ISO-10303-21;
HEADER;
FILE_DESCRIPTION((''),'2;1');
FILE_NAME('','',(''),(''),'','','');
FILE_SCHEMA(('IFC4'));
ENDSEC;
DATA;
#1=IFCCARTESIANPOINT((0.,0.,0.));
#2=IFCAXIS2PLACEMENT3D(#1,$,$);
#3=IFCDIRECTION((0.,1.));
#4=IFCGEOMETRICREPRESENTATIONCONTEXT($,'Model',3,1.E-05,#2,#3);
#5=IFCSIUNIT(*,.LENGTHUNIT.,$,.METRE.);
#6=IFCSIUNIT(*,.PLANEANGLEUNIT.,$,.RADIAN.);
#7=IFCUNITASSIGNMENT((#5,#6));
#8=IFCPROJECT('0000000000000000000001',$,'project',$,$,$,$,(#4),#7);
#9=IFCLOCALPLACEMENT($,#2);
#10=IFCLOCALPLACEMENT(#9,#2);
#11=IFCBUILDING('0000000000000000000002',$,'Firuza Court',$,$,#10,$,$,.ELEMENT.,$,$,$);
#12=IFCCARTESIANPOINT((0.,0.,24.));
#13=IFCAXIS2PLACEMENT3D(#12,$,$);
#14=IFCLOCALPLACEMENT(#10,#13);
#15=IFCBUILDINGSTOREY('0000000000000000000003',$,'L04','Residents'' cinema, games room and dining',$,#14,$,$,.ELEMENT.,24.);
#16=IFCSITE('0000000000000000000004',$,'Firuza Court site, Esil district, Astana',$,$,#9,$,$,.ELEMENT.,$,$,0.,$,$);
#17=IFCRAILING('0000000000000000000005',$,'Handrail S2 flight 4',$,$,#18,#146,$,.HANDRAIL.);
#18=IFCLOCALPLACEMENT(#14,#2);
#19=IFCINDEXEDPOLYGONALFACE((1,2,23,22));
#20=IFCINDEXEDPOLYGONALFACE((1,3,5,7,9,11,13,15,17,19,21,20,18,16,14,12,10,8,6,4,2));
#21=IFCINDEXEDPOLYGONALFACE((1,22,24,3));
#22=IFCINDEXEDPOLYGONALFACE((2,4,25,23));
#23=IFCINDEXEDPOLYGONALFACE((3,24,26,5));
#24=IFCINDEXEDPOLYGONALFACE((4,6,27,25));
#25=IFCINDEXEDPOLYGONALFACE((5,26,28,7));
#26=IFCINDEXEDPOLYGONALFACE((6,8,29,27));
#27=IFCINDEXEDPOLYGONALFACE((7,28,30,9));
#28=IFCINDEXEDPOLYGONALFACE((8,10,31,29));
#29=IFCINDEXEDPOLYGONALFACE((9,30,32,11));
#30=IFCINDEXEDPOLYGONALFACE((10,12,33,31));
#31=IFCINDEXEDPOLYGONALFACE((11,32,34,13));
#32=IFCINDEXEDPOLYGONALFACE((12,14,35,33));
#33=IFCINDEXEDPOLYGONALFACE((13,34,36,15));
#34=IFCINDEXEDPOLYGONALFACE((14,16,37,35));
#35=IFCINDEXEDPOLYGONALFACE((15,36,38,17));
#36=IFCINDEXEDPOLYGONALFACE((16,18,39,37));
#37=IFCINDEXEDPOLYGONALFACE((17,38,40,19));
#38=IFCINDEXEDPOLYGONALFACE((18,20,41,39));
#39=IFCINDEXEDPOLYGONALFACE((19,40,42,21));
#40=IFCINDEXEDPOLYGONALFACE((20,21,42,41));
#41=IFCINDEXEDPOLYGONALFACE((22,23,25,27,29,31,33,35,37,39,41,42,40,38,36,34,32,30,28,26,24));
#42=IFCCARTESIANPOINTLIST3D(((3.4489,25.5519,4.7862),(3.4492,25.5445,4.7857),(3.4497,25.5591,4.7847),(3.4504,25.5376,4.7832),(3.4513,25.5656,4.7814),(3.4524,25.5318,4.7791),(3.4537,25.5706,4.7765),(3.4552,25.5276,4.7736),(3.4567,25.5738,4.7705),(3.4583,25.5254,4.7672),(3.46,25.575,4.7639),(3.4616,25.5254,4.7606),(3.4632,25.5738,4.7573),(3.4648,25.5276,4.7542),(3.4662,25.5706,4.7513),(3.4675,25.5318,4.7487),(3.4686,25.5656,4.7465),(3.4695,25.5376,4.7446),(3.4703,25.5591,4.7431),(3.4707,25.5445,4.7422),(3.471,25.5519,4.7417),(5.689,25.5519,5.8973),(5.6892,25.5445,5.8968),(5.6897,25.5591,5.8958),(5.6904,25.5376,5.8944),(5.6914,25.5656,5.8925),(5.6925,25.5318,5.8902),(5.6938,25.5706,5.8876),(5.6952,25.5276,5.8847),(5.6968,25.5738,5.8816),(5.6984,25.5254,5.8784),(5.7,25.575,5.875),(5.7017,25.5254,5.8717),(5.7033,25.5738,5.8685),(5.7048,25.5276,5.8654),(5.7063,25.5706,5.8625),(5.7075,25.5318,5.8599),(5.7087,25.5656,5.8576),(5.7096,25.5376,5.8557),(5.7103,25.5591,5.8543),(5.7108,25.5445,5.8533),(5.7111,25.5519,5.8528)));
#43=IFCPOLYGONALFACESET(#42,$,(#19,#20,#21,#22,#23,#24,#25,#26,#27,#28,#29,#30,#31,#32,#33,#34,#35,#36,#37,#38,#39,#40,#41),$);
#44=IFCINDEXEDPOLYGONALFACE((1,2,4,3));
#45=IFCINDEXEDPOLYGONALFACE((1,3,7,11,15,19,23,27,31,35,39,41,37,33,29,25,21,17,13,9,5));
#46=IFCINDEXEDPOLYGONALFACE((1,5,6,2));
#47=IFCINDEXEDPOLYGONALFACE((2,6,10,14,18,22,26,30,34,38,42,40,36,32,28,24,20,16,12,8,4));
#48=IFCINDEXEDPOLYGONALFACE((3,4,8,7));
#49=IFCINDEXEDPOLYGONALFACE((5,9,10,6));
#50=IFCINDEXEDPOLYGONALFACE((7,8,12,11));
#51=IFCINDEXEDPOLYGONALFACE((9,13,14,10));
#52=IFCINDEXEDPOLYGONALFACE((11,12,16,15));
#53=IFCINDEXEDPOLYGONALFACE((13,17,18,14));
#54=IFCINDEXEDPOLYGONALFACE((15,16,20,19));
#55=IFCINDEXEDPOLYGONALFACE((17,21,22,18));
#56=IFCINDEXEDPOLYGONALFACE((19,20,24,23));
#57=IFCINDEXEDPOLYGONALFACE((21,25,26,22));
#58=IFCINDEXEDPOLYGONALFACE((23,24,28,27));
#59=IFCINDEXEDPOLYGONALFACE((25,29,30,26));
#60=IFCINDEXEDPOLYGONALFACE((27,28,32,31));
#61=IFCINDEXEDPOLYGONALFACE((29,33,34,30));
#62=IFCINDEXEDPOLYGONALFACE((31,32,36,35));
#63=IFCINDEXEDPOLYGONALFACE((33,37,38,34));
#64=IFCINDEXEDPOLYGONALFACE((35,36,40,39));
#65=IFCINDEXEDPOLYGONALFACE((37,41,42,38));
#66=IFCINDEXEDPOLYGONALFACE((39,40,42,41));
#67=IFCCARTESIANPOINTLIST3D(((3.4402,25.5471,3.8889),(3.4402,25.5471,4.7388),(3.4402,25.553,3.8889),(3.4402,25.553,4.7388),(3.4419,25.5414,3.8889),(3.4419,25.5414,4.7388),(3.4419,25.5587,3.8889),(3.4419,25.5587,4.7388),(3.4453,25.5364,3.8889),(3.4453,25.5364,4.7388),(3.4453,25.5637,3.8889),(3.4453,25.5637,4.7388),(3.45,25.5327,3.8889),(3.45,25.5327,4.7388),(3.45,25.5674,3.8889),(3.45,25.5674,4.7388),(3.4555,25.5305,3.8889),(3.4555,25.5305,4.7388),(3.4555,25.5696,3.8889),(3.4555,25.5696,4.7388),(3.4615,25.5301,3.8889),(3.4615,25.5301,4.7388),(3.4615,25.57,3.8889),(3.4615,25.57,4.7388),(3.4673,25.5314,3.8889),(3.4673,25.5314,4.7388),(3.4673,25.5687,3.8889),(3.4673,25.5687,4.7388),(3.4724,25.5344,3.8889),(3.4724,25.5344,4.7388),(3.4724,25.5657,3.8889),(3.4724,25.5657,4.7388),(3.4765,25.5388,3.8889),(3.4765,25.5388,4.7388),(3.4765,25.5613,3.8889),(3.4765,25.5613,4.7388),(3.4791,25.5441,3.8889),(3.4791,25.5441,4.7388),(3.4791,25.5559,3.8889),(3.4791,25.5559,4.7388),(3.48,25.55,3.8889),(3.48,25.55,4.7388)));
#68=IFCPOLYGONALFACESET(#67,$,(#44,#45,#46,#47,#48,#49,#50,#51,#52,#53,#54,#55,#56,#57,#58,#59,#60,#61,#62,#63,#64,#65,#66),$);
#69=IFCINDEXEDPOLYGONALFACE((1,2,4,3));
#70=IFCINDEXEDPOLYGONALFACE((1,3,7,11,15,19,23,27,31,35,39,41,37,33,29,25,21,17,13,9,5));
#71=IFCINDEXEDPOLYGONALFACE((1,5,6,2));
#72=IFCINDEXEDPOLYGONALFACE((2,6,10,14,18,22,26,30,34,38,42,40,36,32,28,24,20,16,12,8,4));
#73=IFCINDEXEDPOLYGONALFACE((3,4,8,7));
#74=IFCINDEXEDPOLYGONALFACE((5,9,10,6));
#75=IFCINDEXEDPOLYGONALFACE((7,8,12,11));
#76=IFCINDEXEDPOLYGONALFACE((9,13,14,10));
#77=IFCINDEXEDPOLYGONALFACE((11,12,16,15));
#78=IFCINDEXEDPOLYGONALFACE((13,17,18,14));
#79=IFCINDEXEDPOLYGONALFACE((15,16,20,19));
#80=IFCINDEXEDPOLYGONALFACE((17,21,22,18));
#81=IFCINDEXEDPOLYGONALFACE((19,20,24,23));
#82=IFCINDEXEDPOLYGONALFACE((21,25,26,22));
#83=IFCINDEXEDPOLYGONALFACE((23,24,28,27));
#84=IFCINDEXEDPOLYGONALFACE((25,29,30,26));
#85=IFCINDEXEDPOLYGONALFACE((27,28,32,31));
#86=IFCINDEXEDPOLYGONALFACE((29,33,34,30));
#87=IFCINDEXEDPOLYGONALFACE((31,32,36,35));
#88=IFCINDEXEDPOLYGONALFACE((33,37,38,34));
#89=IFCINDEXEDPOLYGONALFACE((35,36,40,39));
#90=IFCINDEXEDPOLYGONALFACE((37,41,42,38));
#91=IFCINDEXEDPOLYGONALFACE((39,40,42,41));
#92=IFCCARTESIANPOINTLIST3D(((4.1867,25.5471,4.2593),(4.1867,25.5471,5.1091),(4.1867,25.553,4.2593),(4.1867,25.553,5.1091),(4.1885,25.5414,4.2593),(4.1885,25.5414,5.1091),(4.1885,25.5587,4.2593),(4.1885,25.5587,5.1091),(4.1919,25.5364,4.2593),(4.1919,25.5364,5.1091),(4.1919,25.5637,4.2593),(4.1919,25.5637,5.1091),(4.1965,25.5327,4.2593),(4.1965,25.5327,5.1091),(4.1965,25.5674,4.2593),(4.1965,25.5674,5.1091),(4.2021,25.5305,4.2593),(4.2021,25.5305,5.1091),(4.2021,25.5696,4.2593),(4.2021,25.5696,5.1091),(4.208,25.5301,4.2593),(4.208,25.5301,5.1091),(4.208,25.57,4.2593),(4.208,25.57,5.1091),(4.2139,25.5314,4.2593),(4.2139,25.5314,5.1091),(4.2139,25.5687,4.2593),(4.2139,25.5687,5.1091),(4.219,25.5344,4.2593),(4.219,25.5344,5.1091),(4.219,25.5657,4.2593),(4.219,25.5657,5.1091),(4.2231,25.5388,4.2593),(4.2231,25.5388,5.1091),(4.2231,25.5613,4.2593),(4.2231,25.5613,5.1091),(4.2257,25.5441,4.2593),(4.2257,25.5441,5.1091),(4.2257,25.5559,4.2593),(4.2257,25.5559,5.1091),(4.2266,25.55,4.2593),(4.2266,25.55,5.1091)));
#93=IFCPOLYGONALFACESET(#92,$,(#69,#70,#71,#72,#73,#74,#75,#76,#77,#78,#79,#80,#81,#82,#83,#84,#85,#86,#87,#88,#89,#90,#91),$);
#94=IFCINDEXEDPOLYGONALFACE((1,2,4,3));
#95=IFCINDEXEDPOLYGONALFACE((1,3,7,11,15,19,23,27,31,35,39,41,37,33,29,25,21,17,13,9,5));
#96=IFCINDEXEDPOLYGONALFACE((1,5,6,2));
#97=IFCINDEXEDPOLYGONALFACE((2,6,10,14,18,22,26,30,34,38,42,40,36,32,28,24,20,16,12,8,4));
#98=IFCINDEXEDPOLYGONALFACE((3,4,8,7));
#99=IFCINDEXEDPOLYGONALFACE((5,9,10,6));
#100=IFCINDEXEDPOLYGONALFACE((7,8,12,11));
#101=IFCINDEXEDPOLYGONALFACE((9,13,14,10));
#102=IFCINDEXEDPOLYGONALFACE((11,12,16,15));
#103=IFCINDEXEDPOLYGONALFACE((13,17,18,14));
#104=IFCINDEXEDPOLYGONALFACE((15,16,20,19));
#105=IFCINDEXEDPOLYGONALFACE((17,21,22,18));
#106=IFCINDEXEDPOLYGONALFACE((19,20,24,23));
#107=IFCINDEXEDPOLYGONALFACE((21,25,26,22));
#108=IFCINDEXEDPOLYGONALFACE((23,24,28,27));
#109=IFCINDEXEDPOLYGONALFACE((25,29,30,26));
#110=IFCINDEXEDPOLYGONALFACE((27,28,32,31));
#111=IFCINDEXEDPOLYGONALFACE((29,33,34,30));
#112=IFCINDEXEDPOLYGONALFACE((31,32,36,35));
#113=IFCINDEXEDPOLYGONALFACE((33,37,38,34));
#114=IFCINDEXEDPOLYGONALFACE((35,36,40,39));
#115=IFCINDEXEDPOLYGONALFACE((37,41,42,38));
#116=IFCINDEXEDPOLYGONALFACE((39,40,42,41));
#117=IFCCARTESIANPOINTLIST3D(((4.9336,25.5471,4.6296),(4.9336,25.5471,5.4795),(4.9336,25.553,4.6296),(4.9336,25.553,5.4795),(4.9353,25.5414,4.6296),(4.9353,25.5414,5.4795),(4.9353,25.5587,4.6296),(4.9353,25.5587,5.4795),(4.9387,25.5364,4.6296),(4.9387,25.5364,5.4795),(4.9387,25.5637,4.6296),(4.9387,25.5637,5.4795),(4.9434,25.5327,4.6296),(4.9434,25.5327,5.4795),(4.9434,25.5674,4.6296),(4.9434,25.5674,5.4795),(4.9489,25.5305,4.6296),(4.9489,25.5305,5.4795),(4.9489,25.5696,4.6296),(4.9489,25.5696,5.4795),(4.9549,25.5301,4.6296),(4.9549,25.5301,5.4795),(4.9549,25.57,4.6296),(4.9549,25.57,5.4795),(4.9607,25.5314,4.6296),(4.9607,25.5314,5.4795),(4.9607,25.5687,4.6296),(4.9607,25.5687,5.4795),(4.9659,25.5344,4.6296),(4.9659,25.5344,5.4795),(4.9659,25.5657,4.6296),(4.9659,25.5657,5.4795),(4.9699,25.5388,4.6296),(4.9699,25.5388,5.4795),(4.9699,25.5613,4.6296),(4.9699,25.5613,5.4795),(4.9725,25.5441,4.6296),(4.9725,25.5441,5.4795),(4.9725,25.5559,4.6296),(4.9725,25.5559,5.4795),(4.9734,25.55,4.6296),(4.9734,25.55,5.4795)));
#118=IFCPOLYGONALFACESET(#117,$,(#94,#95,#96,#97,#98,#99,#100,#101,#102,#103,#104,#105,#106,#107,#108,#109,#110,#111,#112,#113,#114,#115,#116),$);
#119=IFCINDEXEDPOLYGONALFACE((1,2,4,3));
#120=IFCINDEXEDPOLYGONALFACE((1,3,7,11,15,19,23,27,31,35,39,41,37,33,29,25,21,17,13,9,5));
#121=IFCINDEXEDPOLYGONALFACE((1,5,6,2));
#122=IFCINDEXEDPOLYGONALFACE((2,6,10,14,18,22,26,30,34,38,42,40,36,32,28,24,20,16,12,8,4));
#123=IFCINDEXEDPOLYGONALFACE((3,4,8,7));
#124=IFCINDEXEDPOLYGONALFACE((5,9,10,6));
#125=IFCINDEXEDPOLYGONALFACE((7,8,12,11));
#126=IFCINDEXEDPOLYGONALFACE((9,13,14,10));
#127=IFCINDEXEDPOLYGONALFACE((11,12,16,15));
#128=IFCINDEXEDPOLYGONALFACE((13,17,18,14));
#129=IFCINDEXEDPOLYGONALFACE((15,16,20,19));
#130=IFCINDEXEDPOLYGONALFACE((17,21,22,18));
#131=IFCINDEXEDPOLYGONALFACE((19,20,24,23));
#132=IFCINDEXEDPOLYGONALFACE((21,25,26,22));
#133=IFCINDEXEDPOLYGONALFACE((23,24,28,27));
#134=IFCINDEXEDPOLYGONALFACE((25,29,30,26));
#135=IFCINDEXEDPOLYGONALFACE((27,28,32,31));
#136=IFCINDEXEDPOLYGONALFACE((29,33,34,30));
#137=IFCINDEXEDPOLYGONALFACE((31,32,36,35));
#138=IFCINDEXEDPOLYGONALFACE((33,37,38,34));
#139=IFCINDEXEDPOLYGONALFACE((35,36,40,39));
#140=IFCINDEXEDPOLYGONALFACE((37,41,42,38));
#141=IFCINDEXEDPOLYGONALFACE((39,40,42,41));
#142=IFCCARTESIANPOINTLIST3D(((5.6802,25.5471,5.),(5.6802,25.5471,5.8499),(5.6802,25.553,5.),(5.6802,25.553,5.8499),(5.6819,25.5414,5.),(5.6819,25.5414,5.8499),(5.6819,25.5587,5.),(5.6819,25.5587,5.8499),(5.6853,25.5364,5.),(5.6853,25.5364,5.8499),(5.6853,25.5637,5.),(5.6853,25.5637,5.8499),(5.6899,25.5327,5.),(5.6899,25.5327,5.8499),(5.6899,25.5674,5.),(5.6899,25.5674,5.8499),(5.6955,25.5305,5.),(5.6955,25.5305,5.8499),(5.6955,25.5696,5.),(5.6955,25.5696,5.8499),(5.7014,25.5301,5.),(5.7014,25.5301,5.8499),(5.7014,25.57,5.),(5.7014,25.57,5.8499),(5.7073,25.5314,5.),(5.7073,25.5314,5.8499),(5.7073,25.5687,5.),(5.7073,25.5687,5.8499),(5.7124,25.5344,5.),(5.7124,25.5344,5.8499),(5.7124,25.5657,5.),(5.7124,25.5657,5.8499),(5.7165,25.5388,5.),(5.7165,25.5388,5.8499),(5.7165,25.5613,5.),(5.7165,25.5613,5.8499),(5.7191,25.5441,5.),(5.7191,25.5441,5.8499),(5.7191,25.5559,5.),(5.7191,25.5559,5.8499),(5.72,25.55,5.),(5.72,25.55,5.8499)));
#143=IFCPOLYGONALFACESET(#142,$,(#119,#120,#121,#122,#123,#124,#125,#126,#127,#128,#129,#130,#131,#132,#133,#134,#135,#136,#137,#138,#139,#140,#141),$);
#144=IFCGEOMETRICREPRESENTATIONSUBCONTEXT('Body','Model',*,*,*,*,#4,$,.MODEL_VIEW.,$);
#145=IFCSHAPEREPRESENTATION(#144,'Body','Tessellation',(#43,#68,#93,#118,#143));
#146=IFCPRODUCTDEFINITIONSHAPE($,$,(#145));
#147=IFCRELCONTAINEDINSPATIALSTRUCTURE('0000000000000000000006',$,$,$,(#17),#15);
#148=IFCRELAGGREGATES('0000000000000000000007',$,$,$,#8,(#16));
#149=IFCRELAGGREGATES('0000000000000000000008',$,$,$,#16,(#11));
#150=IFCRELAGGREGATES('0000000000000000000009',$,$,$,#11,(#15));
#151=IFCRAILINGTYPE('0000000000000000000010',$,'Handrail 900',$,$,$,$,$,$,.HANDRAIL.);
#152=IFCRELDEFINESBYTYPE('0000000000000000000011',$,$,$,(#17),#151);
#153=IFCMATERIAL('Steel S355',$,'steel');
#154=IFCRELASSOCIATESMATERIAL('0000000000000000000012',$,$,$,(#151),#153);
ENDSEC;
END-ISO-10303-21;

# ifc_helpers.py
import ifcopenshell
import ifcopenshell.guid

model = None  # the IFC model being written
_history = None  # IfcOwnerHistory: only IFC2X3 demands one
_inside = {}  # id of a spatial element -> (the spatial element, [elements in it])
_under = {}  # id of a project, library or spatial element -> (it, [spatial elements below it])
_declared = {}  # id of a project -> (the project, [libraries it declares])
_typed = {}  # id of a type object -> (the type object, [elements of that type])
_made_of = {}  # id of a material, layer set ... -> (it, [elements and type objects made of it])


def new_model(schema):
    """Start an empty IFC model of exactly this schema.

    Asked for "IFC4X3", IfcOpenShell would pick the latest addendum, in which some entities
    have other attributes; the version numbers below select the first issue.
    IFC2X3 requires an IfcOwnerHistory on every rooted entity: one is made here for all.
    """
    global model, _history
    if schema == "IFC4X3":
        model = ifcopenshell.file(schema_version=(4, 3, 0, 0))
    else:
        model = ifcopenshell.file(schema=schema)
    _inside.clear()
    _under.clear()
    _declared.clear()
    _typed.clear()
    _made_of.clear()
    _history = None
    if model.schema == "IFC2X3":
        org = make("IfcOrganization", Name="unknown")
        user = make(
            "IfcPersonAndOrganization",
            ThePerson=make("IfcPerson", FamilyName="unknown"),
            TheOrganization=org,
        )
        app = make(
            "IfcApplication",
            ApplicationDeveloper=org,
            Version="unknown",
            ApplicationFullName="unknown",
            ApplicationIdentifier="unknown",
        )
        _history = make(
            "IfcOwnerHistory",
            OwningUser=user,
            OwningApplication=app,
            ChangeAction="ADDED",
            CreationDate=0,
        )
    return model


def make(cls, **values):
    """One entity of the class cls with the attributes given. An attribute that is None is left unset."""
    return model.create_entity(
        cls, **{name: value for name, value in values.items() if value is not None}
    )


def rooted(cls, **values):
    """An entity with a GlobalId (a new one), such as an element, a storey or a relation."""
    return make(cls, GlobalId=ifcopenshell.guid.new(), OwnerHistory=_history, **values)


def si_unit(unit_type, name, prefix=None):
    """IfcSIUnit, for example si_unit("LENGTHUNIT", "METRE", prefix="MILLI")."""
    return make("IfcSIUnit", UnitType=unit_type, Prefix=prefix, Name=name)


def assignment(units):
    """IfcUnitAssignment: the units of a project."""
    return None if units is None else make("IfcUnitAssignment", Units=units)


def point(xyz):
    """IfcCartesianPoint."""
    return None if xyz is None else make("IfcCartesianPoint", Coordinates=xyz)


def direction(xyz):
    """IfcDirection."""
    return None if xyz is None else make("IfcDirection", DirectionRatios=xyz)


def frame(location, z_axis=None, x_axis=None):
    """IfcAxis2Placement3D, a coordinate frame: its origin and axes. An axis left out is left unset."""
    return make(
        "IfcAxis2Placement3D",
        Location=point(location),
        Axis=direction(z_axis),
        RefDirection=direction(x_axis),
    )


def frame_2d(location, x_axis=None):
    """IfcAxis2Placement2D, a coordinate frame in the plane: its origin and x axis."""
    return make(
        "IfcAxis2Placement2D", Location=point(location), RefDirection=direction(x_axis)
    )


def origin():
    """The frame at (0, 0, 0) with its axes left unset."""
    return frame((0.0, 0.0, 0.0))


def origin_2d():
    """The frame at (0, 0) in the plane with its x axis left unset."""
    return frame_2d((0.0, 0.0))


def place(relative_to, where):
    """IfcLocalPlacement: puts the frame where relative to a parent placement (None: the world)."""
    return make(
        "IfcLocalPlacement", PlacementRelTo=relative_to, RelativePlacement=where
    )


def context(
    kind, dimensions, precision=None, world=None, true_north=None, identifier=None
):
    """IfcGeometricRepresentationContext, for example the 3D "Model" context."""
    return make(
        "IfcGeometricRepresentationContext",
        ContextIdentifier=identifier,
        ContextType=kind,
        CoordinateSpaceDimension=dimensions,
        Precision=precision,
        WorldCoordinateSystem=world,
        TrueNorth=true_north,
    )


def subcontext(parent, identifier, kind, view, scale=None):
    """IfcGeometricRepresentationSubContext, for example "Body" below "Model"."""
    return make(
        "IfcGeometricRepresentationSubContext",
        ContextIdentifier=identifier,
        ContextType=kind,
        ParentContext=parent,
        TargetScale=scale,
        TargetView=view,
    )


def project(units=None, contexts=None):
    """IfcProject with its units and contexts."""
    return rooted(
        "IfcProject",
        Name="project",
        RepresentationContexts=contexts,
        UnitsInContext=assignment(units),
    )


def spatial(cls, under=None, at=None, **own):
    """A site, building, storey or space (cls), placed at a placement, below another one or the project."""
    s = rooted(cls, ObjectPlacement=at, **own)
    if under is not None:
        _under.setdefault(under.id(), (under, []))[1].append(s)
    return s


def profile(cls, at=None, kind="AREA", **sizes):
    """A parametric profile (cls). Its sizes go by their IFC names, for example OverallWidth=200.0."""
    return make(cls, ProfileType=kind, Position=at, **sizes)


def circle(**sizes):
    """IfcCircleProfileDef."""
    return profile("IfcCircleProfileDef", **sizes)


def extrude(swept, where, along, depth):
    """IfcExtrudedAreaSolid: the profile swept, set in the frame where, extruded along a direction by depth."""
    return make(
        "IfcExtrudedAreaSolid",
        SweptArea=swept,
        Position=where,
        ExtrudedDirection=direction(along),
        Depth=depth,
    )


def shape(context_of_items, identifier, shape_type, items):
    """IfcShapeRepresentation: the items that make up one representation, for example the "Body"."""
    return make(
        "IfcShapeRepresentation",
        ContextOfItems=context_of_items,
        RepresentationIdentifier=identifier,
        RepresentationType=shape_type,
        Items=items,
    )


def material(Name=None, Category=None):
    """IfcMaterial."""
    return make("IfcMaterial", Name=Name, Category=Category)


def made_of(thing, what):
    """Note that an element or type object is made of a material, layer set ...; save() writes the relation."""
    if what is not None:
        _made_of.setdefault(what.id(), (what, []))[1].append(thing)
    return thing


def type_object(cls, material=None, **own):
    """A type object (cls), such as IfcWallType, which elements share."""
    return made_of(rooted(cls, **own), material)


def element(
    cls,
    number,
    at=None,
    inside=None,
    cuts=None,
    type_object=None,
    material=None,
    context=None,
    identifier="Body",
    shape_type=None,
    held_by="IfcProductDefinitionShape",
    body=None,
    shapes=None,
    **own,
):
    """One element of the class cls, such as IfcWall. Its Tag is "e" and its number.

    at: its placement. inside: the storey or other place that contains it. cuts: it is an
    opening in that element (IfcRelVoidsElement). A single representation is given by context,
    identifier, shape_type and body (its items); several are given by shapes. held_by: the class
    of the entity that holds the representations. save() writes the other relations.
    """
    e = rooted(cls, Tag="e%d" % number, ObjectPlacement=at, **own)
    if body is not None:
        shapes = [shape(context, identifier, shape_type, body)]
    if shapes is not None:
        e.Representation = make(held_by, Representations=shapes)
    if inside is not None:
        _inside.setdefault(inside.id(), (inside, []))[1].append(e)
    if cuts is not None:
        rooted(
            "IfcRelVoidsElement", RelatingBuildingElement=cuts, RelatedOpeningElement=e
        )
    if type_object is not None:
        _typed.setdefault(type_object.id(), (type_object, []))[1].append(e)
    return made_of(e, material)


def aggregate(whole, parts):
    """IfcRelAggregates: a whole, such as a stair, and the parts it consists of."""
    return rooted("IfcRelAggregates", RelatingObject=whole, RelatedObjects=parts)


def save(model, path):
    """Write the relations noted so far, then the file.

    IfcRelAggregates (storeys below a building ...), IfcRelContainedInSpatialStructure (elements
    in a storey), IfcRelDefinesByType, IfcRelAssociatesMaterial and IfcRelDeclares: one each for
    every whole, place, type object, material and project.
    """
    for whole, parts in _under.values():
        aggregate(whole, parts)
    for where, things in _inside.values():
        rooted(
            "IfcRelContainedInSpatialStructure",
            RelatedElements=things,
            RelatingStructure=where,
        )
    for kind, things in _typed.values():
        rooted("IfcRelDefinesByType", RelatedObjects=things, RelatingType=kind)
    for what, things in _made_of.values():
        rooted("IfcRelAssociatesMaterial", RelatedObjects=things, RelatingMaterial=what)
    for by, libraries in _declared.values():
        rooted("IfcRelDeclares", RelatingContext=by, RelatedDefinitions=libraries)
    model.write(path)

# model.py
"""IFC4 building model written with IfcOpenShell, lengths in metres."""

from ifc_helpers import new_model, si_unit, direction, frame, origin, origin_2d, place, context, subcontext, project, spatial, circle, extrude, material, type_object, element, save


model = new_model("IFC4")

# Units and contexts
model_context = context("Model", 3, precision=1e-05, world=origin(), true_north=direction((0.0, 1.0)))
body_context = subcontext(model_context, "Body", "Model", "MODEL_VIEW")
ifc_project = project(units=[si_unit("LENGTHUNIT", "METRE"), si_unit("PLANEANGLEUNIT", "RADIAN")], contexts=[model_context])

# Site, building, storey
site_placement = place(None, origin())
site = spatial("IfcSite", under=ifc_project, at=site_placement, Name="Firuza Court site, Esil district, Astana", CompositionType="ELEMENT", RefElevation=0.0)
building_placement = place(site_placement, origin())
building = spatial("IfcBuilding", under=site, at=building_placement, Name="Firuza Court", CompositionType="ELEMENT")
storey_placement = place(building_placement, frame((0.0, 0.0, 24.0)))
storey = spatial("IfcBuildingStorey", under=building, at=storey_placement, Name="L04", Description="Residents' cinema, games room and dining", CompositionType="ELEMENT", Elevation=24.0)

# Railing
ifc_material_1 = material(Name="Steel S355", Category="steel")
railing_type = type_object("IfcRailingType", Name="Handrail 900", PredefinedType="HANDRAIL", material=ifc_material_1)
railing_placement = place(storey_placement, frame((3.46, 25.55, 3.8889)))
element("IfcRailing", 1, at=railing_placement, inside=storey, type_object=railing_type, Name="Handrail S2 flight 4", PredefinedType="HANDRAIL", context=body_context, shape_type="SweptSolid", body=[
    extrude(circle(Radius=0.0249, at=origin_2d()), frame((0.0, 0.0, 0.875), z_axis=(0.895848, 0.0, 0.44436), x_axis=(0.0, 1.0, 0.0)), (0.0, 0.0, 1.0), 2.5005),
    extrude(circle(Radius=0.02, at=origin_2d()), origin(), (0.0, 0.0, 1.0), 0.8499),
    extrude(circle(Radius=0.02, at=origin_2d()), frame((0.7466, 0.0, 0.3704)), (0.0, 0.0, 1.0), 0.8499),
    extrude(circle(Radius=0.02, at=origin_2d()), frame((1.4934, 0.0, 0.7407)), (0.0, 0.0, 1.0), 0.8499),
    extrude(circle(Radius=0.02, at=origin_2d()), frame((2.24, 0.0, 1.1111)), (0.0, 0.0, 1.0), 0.8499),
])

save(model, "model.ifc")
